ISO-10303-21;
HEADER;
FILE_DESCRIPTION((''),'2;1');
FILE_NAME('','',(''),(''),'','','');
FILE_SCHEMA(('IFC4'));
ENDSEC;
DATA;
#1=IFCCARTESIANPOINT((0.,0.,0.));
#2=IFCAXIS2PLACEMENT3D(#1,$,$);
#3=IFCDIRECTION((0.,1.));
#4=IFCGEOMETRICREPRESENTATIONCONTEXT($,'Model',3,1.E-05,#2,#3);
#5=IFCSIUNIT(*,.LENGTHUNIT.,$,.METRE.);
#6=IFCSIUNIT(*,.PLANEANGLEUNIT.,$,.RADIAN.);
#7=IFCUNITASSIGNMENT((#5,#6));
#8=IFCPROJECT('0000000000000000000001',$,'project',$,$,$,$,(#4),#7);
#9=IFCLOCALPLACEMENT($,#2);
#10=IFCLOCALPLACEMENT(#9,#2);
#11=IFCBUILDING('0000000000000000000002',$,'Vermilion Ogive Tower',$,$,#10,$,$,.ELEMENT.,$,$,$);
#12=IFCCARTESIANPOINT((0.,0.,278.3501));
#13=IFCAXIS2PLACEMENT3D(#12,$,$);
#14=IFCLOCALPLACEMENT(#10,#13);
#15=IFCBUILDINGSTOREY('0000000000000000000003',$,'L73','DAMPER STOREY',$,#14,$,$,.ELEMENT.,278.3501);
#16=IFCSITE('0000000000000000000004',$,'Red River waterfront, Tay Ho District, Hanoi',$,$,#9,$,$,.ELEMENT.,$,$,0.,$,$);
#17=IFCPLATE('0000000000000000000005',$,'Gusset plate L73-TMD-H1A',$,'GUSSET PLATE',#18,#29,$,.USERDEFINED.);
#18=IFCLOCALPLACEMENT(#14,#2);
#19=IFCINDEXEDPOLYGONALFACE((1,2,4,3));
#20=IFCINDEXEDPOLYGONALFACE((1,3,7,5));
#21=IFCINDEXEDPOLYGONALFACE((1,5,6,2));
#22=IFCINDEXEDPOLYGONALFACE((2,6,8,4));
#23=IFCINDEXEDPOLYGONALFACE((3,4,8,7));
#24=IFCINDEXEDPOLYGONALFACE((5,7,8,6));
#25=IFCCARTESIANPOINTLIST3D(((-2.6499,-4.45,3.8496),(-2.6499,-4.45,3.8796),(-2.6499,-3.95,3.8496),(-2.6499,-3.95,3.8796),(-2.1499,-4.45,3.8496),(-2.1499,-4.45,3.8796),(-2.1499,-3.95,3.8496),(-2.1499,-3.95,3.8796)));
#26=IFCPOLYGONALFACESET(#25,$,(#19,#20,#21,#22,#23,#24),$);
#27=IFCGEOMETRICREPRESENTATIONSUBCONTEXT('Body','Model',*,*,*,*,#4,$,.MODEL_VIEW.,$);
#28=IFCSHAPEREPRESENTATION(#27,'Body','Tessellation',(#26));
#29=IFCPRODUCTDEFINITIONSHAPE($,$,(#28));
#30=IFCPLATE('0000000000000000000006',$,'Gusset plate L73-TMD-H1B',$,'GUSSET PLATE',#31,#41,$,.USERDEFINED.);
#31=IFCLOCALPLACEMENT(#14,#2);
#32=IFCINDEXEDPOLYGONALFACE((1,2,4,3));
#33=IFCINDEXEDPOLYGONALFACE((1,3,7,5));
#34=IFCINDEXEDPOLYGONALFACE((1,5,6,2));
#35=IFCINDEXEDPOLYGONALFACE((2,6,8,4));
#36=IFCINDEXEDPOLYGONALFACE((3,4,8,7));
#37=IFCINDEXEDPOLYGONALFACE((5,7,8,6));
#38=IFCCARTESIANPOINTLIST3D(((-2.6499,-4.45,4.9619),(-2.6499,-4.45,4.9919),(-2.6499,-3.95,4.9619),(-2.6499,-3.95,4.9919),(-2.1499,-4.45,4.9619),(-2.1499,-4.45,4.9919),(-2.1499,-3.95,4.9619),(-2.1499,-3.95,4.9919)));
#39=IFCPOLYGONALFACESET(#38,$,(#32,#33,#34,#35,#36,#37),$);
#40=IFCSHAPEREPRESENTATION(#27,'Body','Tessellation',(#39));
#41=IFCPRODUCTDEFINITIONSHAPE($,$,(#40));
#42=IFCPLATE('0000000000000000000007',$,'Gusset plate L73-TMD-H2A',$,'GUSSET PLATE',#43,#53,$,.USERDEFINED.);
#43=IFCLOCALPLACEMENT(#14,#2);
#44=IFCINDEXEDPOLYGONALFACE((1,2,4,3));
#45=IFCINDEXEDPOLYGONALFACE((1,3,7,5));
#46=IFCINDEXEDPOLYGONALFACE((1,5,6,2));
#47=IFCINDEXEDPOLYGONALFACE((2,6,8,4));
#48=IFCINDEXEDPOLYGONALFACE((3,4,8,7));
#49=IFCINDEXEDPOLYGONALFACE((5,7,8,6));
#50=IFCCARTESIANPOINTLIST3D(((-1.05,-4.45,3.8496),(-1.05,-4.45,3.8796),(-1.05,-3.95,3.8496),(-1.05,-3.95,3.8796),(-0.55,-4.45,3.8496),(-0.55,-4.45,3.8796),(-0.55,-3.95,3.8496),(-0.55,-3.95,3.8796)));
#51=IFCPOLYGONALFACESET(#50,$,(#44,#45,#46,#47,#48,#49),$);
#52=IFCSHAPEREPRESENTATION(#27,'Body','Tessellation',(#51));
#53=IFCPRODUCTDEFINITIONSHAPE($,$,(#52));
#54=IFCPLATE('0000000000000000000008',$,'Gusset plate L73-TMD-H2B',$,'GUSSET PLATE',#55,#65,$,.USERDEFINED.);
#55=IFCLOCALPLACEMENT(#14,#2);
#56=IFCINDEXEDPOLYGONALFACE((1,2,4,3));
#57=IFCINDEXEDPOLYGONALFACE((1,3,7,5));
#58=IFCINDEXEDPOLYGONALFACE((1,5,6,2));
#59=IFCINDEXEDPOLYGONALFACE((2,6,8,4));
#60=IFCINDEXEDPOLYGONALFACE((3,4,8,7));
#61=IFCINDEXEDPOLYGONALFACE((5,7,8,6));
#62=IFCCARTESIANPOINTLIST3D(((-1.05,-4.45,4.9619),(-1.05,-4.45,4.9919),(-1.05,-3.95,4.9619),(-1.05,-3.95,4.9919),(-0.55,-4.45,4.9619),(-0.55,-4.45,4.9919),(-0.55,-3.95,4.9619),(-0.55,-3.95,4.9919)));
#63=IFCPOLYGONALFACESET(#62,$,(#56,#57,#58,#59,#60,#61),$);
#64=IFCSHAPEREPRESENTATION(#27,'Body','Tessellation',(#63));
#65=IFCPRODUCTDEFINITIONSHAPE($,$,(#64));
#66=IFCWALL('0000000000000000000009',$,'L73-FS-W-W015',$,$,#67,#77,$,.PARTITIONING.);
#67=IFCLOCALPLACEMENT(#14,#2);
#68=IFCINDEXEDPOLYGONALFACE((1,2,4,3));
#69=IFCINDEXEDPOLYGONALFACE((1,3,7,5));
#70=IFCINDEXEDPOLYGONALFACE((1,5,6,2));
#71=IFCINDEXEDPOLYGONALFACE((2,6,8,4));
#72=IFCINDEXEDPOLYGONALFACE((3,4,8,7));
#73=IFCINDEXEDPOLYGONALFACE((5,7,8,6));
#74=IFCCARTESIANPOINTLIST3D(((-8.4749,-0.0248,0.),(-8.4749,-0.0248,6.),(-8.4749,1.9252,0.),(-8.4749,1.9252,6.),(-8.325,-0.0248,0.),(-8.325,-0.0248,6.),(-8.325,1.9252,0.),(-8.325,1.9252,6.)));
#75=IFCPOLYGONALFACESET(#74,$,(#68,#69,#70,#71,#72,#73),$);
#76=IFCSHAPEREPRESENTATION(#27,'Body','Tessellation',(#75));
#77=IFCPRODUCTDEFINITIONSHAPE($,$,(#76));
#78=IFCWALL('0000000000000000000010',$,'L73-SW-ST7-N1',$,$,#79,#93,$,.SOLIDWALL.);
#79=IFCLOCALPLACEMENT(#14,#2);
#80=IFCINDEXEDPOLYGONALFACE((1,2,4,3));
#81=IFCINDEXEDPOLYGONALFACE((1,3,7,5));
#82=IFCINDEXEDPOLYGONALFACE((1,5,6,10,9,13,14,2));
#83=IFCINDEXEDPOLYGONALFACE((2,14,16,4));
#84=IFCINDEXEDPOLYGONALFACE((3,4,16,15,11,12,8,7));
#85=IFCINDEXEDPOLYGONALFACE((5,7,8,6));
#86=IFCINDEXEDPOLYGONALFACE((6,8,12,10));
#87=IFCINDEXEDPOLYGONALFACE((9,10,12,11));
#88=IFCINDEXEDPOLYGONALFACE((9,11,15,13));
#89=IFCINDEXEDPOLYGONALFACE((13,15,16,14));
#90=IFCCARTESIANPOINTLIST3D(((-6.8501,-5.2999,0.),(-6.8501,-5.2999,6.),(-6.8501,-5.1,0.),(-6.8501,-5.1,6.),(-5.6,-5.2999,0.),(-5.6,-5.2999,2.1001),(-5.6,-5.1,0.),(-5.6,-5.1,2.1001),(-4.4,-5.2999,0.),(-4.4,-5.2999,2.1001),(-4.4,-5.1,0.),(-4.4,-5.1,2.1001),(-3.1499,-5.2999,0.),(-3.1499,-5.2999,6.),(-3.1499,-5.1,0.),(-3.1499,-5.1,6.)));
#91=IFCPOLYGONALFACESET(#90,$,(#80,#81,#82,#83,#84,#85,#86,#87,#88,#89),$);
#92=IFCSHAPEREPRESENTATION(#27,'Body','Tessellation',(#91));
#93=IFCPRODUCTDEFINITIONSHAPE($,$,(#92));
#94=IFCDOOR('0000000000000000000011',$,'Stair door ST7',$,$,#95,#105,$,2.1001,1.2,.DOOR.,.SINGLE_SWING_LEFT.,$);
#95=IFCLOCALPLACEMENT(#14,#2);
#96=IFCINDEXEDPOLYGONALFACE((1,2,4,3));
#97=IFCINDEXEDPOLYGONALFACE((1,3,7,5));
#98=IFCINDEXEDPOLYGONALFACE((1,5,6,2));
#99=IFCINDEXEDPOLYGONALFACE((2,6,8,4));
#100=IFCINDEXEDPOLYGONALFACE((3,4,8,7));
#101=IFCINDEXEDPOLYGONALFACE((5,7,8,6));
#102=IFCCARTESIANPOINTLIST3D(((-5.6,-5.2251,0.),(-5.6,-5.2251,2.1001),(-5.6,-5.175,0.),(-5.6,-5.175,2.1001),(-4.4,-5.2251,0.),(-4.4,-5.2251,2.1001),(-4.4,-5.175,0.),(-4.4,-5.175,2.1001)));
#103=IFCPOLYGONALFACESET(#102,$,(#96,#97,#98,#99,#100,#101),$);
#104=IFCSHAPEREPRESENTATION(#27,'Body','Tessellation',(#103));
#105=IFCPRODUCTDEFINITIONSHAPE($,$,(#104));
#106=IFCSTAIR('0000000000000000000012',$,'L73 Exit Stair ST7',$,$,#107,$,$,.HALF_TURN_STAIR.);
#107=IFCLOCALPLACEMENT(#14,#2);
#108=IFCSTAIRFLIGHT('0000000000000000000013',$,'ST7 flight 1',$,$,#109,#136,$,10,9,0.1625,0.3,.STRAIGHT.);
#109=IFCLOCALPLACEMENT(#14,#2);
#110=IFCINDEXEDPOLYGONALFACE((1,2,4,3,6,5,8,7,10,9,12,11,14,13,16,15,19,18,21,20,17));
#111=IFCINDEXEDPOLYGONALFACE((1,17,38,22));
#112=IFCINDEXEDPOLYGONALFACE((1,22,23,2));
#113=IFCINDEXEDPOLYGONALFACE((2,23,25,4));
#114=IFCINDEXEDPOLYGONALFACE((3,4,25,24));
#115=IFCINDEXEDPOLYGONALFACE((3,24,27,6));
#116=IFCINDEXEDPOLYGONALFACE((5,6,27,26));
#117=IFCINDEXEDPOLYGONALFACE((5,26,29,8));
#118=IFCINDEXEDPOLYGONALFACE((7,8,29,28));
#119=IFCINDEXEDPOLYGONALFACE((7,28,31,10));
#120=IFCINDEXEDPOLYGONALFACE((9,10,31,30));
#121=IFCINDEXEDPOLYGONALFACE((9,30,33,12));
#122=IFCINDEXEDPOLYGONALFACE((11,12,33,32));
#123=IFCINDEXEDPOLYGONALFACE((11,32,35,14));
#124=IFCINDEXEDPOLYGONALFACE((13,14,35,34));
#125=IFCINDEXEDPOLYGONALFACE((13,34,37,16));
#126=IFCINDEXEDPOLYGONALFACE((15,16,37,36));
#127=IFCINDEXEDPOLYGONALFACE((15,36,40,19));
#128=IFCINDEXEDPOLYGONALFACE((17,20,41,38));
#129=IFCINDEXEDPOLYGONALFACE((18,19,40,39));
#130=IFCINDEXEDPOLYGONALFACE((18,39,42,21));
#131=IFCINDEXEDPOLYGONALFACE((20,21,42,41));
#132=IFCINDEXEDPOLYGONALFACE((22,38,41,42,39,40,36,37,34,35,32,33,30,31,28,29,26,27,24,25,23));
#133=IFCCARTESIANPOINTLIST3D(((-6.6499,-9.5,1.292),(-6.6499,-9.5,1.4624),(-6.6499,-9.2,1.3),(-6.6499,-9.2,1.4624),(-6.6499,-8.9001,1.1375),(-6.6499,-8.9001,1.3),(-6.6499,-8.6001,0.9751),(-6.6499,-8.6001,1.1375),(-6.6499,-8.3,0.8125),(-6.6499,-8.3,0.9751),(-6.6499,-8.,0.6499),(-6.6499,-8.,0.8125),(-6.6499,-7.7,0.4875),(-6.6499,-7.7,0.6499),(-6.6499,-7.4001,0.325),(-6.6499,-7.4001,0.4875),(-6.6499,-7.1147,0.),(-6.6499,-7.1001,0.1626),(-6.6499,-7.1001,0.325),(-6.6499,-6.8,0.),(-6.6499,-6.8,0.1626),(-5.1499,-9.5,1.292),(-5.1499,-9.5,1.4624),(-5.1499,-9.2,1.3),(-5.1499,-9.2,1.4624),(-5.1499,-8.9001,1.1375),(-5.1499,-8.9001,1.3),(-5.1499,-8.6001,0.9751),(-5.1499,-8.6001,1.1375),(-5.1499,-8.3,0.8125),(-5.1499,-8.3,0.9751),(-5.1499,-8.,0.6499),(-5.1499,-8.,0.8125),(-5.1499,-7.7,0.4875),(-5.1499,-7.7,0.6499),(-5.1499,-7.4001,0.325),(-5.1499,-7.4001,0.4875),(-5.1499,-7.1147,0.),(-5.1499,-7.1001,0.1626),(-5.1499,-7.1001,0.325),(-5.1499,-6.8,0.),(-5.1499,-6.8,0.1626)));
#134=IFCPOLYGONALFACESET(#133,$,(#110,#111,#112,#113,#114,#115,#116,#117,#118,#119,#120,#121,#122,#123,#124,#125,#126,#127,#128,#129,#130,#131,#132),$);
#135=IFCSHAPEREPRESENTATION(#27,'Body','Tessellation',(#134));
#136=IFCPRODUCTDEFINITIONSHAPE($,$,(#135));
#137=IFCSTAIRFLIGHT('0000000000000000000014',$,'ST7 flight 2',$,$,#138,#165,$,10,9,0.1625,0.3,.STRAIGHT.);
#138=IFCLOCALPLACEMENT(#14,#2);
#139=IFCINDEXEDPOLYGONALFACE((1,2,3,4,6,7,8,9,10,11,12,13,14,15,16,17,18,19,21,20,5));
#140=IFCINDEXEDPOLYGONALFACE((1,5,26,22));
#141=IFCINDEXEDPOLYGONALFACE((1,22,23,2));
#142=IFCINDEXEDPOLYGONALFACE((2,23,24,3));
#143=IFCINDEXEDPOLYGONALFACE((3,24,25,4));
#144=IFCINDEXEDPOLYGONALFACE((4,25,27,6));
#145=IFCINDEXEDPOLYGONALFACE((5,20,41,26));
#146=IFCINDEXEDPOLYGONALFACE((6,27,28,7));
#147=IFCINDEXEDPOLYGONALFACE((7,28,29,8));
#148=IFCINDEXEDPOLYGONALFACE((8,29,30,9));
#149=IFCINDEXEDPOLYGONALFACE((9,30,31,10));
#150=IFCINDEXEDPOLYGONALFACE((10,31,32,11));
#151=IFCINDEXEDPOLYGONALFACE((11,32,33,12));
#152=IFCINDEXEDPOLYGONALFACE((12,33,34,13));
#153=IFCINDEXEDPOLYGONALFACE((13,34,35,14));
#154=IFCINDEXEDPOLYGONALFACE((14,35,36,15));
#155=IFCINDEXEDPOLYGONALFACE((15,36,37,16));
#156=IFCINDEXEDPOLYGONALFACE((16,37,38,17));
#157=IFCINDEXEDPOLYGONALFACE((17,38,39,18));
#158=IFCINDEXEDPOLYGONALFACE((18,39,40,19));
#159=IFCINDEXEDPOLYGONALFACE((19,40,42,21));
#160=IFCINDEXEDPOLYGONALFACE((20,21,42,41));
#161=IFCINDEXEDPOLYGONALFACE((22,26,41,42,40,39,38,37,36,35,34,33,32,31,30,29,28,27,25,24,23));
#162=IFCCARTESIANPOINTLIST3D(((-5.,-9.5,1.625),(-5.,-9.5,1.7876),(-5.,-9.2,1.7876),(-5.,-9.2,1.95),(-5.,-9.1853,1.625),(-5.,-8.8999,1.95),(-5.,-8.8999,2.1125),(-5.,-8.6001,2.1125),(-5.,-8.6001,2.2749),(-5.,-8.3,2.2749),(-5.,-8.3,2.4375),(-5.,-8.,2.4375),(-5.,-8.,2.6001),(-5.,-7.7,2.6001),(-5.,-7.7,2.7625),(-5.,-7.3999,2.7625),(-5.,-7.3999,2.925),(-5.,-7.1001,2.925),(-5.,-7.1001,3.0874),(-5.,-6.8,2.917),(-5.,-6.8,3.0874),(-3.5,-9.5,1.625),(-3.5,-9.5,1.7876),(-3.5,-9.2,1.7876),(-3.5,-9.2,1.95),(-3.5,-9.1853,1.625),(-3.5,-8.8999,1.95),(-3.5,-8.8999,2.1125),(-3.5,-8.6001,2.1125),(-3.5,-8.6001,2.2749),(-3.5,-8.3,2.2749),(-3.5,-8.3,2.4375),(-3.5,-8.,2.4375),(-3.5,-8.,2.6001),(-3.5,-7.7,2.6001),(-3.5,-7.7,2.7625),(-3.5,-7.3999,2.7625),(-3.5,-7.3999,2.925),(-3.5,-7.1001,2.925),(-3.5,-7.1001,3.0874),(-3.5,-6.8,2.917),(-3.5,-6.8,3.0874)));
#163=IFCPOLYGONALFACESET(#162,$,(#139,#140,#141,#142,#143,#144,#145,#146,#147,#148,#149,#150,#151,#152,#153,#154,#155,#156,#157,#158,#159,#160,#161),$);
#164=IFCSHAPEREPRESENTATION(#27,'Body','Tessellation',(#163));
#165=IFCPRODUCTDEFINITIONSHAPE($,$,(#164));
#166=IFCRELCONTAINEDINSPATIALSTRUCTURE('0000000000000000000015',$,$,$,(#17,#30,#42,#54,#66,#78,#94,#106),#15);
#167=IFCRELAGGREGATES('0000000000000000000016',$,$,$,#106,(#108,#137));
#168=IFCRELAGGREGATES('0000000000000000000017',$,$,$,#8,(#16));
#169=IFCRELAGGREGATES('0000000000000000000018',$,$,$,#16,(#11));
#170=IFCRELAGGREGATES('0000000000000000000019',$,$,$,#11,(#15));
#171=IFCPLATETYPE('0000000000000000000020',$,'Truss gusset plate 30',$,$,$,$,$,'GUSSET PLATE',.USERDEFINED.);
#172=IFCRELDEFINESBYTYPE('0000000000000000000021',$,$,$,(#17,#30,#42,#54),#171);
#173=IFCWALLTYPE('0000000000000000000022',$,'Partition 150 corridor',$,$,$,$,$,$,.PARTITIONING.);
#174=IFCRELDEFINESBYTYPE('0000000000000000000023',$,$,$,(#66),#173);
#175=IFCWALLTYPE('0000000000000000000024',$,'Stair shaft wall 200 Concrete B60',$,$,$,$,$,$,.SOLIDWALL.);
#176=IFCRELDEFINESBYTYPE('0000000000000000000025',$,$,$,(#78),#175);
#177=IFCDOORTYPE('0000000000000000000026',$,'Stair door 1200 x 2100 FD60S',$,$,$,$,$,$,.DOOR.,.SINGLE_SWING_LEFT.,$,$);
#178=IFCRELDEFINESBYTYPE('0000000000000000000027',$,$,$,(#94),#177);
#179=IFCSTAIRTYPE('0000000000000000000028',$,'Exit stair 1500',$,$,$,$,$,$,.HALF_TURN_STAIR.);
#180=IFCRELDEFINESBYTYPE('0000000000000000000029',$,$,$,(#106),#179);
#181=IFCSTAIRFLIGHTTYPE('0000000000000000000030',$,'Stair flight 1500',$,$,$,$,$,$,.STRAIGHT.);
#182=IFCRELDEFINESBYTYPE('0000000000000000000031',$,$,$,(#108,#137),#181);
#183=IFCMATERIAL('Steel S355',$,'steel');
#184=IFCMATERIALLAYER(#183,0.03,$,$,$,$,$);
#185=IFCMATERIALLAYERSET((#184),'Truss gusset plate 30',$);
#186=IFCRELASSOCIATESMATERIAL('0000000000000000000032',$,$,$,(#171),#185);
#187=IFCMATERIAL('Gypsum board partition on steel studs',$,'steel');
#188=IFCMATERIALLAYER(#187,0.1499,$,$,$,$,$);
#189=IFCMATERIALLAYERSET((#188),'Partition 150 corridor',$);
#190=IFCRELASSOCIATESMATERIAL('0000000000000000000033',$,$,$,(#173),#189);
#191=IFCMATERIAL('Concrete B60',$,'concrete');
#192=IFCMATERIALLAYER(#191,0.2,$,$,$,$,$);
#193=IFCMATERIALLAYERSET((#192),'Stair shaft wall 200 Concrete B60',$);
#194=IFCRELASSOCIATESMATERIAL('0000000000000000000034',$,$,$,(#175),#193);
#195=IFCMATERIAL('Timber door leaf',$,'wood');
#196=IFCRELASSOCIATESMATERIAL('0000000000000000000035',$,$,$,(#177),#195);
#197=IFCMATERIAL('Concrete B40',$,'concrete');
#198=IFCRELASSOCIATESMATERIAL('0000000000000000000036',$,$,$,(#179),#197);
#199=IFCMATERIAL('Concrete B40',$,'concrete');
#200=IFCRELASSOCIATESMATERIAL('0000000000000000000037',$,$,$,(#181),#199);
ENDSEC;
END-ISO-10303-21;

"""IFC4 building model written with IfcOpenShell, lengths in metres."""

from ifc_helpers import new_model, si_unit, direction, frame, frame_2d, origin, origin_2d, place, context, subcontext, project, spatial, polyline, rectangle, outline, extrude, material, layer, layer_set, type_object, element, fill, aggregate, save


model = new_model("IFC4")

# Units and contexts
model_context = context("Model", 3, precision=1e-05, world=origin(), true_north=direction((0.0, 1.0)))
body_context = subcontext(model_context, "Body", "Model", "MODEL_VIEW")
ifc_project = project(units=[si_unit("LENGTHUNIT", "METRE"), si_unit("PLANEANGLEUNIT", "RADIAN")], contexts=[model_context])

# Site, building, storey
site_placement = place(None, origin())
site = spatial("IfcSite", under=ifc_project, at=site_placement, Name="Red River waterfront, Tay Ho District, Hanoi", CompositionType="ELEMENT", RefElevation=0.0)
building_placement = place(site_placement, origin())
building = spatial("IfcBuilding", under=site, at=building_placement, Name="Vermilion Ogive Tower", CompositionType="ELEMENT")
storey_placement = place(building_placement, frame((0.0, 0.0, 278.3501)))
storey = spatial("IfcBuildingStorey", under=building, at=storey_placement, Name="L73", Description="DAMPER STOREY", CompositionType="ELEMENT", Elevation=278.3501)

# Plates
ifc_material_1 = material(Name="Steel S355", Category="steel")
ifc_layer_1 = layer(ifc_material_1, 0.03)
ifc_layer_set_1 = layer_set([ifc_layer_1], Name="Truss gusset plate 30")
plate_type_1 = type_object("IfcPlateType", Name="Truss gusset plate 30", ElementType="GUSSET PLATE", PredefinedType="USERDEFINED", material=ifc_layer_set_1)
for number, where, z_axis, x_axis, name in (
    (1, (-2.3999, -4.2, 3.8496), (0.0, 0.0, 1.0), (1.0, 0.0, 0.0), "Gusset plate L73-TMD-H1A"),
    (2, (-2.3999, -4.2, 4.9619), (0.0, 0.0, 1.0), (1.0, 0.0, 0.0), "Gusset plate L73-TMD-H1B"),
    (3, (-0.8, -4.2, 3.8496), (0.0, 0.0, 1.0), (1.0, 0.0, 0.0), "Gusset plate L73-TMD-H2A"),
    (4, (-0.8, -4.2, 4.9619), (0.0, 0.0, 1.0), (1.0, 0.0, 0.0), "Gusset plate L73-TMD-H2B"),
):
    element("IfcPlate", number, at=place(storey_placement, frame(where, z_axis=z_axis, x_axis=x_axis)), inside=storey, type_object=plate_type_1, Name=name, ObjectType="GUSSET PLATE", PredefinedType="USERDEFINED", context=body_context, shape_type="SweptSolid", body=[
        extrude(rectangle(XDim=0.5, YDim=0.5, at=origin_2d()), origin(), (0.0, 0.0, 1.0), 0.03),
    ])

# Wall
ifc_material_2 = material(Name="Gypsum board partition on steel studs", Category="steel")
ifc_layer_2 = layer(ifc_material_2, 0.1499)
ifc_layer_set_2 = layer_set([ifc_layer_2], Name="Partition 150 corridor")
wall_type_1 = type_object("IfcWallType", Name="Partition 150 corridor", PredefinedType="PARTITIONING", material=ifc_layer_set_2)
wall_1_placement = place(storey_placement, frame((-8.3999, -0.0249, 0.0), z_axis=(0.0, 0.0, 1.0), x_axis=(0.0, 1.0, 0.0)))
element("IfcWall", 5, at=wall_1_placement, inside=storey, type_object=wall_type_1, Name="L73-FS-W-W015", PredefinedType="PARTITIONING", context=body_context, shape_type="SweptSolid", body=[
    extrude(rectangle(XDim=1.95, YDim=0.1499, at=frame_2d((0.9751, 0.0))), origin(), (0.0, 0.0, 1.0), 6.0),
])

# Wall, opening, door
ifc_material_3 = material(Name="Concrete B60", Category="concrete")
ifc_layer_3 = layer(ifc_material_3, 0.2)
ifc_layer_set_3 = layer_set([ifc_layer_3], Name="Stair shaft wall 200 Concrete B60")
wall_type_2 = type_object("IfcWallType", Name="Stair shaft wall 200 Concrete B60", PredefinedType="SOLIDWALL", material=ifc_layer_set_3)
wall_2_placement = place(storey_placement, frame((-6.8501, -5.2, 0.0), z_axis=(0.0, 0.0, 1.0), x_axis=(1.0, 0.0, 0.0)))
wall_2 = element("IfcWall", 6, at=wall_2_placement, inside=storey, type_object=wall_type_2, Name="L73-SW-ST7-N1", PredefinedType="SOLIDWALL", context=body_context, shape_type="SweptSolid", body=[
    extrude(rectangle(XDim=3.7002, YDim=0.2, at=frame_2d((1.8501, 0.0))), origin(), (0.0, 0.0, 1.0), 6.0),
])
opening_placement = place(wall_2_placement, frame((1.25, 0.0, 0.0)))
opening = element("IfcOpeningElement", 7, at=opening_placement, cuts=wall_2, PredefinedType="OPENING", context=body_context, shape_type="SweptSolid", body=[
    extrude(rectangle(XDim=1.2, YDim=2.1001, at=frame_2d((0.6001, 1.05))), frame((0.0, 0.1099, 0.0), z_axis=(0.0, -1.0, 0.0), x_axis=(1.0, 0.0, 0.0)), (0.0, 0.0, 1.0), 0.22),
])
ifc_material_4 = material(Name="Timber door leaf", Category="wood")
door_type = type_object("IfcDoorType", Name="Stair door 1200 x 2100 FD60S", OperationType="SINGLE_SWING_LEFT", PredefinedType="DOOR", material=ifc_material_4)
door_placement = place(opening_placement, origin())
door = element("IfcDoor", 8, at=door_placement, inside=storey, type_object=door_type, Name="Stair door ST7", OperationType="SINGLE_SWING_LEFT", OverallHeight=2.1001, OverallWidth=1.2, PredefinedType="DOOR", context=body_context, shape_type="SweptSolid", body=[
    extrude(rectangle(XDim=1.2, YDim=2.1001, at=frame_2d((0.6001, 1.05))), frame((0.0, 0.0249, 0.0), z_axis=(0.0, -1.0, 0.0), x_axis=(1.0, 0.0, 0.0)), (0.0, 0.0, 1.0), 0.05),
])
fill(opening, door)

# Stair, stair flights
ifc_material_5 = material(Name="Concrete B40", Category="concrete")
stair_type = type_object("IfcStairType", Name="Exit stair 1500", PredefinedType="HALF_TURN_STAIR", material=ifc_material_5)
stair_placement = place(storey_placement, origin())
stair = element("IfcStair", 9, at=stair_placement, inside=storey, type_object=stair_type, Name="L73 Exit Stair ST7", PredefinedType="HALF_TURN_STAIR")
ifc_material_6 = material(Name="Concrete B40", Category="concrete")
stair_flight_type = type_object("IfcStairFlightType", Name="Stair flight 1500", PredefinedType="STRAIGHT", material=ifc_material_6)
stair_flight_1_placement = place(storey_placement, frame((-5.8999, -6.8, 0.0), z_axis=(0.0, 0.0, 1.0), x_axis=(0.0, -1.0, 0.0)))
stair_flight_1 = element("IfcStairFlight", 10, at=stair_flight_1_placement, type_object=stair_flight_type, Name="ST7 flight 1", NumberOfRisers=10, NumberOfTreads=9, PredefinedType="STRAIGHT", RiserHeight=0.1625, TreadLength=0.3, context=body_context, shape_type="SweptSolid", body=[
    extrude(outline(polyline([(0.0, 0.0), (0.0, 0.1626), (0.3, 0.1626), (0.3, 0.325), (0.6001, 0.325), (0.6001, 0.4875), (0.8999, 0.4875), (0.8999, 0.6499), (1.2, 0.6499), (1.2, 0.8125), (1.5, 0.8125), (1.5, 0.9751), (1.8, 0.9751), (1.8, 1.1375), (2.1001, 1.1375), (2.1001, 1.3), (2.3999, 1.3), (2.3999, 1.4624), (2.7, 1.4624), (2.7, 1.625), (2.7, 1.292), (0.3147, 0.0), (0.0, 0.0)])), frame((0.0, 0.75, 0.0), z_axis=(0.0, -1.0, 0.0), x_axis=(1.0, 0.0, 0.0)), (0.0, 0.0, 1.0), 1.5),
])
stair_flight_2_placement = place(storey_placement, frame((-4.25, -9.5, 1.625), z_axis=(0.0, 0.0, 1.0), x_axis=(0.0, 1.0, 0.0)))
stair_flight_2 = element("IfcStairFlight", 11, at=stair_flight_2_placement, type_object=stair_flight_type, Name="ST7 flight 2", NumberOfRisers=10, NumberOfTreads=9, PredefinedType="STRAIGHT", RiserHeight=0.1625, TreadLength=0.3, context=body_context, shape_type="SweptSolid", body=[
    extrude(outline(polyline([(0.0, 0.0), (0.0, 0.1626), (0.3, 0.1626), (0.3, 0.325), (0.6001, 0.325), (0.6001, 0.4875), (0.8999, 0.4875), (0.8999, 0.6499), (1.2, 0.6499), (1.2, 0.8125), (1.5, 0.8125), (1.5, 0.9751), (1.8, 0.9751), (1.8, 1.1375), (2.1001, 1.1375), (2.1001, 1.3), (2.3999, 1.3), (2.3999, 1.4624), (2.7, 1.4624), (2.7, 1.625), (2.7, 1.292), (0.3147, 0.0), (0.0, 0.0)])), frame((0.0, 0.75, 0.0), z_axis=(0.0, -1.0, 0.0), x_axis=(1.0, 0.0, 0.0)), (0.0, 0.0, 1.0), 1.5),
])
aggregate(stair, [stair_flight_1, stair_flight_2])

save(model, "model.ifc")
